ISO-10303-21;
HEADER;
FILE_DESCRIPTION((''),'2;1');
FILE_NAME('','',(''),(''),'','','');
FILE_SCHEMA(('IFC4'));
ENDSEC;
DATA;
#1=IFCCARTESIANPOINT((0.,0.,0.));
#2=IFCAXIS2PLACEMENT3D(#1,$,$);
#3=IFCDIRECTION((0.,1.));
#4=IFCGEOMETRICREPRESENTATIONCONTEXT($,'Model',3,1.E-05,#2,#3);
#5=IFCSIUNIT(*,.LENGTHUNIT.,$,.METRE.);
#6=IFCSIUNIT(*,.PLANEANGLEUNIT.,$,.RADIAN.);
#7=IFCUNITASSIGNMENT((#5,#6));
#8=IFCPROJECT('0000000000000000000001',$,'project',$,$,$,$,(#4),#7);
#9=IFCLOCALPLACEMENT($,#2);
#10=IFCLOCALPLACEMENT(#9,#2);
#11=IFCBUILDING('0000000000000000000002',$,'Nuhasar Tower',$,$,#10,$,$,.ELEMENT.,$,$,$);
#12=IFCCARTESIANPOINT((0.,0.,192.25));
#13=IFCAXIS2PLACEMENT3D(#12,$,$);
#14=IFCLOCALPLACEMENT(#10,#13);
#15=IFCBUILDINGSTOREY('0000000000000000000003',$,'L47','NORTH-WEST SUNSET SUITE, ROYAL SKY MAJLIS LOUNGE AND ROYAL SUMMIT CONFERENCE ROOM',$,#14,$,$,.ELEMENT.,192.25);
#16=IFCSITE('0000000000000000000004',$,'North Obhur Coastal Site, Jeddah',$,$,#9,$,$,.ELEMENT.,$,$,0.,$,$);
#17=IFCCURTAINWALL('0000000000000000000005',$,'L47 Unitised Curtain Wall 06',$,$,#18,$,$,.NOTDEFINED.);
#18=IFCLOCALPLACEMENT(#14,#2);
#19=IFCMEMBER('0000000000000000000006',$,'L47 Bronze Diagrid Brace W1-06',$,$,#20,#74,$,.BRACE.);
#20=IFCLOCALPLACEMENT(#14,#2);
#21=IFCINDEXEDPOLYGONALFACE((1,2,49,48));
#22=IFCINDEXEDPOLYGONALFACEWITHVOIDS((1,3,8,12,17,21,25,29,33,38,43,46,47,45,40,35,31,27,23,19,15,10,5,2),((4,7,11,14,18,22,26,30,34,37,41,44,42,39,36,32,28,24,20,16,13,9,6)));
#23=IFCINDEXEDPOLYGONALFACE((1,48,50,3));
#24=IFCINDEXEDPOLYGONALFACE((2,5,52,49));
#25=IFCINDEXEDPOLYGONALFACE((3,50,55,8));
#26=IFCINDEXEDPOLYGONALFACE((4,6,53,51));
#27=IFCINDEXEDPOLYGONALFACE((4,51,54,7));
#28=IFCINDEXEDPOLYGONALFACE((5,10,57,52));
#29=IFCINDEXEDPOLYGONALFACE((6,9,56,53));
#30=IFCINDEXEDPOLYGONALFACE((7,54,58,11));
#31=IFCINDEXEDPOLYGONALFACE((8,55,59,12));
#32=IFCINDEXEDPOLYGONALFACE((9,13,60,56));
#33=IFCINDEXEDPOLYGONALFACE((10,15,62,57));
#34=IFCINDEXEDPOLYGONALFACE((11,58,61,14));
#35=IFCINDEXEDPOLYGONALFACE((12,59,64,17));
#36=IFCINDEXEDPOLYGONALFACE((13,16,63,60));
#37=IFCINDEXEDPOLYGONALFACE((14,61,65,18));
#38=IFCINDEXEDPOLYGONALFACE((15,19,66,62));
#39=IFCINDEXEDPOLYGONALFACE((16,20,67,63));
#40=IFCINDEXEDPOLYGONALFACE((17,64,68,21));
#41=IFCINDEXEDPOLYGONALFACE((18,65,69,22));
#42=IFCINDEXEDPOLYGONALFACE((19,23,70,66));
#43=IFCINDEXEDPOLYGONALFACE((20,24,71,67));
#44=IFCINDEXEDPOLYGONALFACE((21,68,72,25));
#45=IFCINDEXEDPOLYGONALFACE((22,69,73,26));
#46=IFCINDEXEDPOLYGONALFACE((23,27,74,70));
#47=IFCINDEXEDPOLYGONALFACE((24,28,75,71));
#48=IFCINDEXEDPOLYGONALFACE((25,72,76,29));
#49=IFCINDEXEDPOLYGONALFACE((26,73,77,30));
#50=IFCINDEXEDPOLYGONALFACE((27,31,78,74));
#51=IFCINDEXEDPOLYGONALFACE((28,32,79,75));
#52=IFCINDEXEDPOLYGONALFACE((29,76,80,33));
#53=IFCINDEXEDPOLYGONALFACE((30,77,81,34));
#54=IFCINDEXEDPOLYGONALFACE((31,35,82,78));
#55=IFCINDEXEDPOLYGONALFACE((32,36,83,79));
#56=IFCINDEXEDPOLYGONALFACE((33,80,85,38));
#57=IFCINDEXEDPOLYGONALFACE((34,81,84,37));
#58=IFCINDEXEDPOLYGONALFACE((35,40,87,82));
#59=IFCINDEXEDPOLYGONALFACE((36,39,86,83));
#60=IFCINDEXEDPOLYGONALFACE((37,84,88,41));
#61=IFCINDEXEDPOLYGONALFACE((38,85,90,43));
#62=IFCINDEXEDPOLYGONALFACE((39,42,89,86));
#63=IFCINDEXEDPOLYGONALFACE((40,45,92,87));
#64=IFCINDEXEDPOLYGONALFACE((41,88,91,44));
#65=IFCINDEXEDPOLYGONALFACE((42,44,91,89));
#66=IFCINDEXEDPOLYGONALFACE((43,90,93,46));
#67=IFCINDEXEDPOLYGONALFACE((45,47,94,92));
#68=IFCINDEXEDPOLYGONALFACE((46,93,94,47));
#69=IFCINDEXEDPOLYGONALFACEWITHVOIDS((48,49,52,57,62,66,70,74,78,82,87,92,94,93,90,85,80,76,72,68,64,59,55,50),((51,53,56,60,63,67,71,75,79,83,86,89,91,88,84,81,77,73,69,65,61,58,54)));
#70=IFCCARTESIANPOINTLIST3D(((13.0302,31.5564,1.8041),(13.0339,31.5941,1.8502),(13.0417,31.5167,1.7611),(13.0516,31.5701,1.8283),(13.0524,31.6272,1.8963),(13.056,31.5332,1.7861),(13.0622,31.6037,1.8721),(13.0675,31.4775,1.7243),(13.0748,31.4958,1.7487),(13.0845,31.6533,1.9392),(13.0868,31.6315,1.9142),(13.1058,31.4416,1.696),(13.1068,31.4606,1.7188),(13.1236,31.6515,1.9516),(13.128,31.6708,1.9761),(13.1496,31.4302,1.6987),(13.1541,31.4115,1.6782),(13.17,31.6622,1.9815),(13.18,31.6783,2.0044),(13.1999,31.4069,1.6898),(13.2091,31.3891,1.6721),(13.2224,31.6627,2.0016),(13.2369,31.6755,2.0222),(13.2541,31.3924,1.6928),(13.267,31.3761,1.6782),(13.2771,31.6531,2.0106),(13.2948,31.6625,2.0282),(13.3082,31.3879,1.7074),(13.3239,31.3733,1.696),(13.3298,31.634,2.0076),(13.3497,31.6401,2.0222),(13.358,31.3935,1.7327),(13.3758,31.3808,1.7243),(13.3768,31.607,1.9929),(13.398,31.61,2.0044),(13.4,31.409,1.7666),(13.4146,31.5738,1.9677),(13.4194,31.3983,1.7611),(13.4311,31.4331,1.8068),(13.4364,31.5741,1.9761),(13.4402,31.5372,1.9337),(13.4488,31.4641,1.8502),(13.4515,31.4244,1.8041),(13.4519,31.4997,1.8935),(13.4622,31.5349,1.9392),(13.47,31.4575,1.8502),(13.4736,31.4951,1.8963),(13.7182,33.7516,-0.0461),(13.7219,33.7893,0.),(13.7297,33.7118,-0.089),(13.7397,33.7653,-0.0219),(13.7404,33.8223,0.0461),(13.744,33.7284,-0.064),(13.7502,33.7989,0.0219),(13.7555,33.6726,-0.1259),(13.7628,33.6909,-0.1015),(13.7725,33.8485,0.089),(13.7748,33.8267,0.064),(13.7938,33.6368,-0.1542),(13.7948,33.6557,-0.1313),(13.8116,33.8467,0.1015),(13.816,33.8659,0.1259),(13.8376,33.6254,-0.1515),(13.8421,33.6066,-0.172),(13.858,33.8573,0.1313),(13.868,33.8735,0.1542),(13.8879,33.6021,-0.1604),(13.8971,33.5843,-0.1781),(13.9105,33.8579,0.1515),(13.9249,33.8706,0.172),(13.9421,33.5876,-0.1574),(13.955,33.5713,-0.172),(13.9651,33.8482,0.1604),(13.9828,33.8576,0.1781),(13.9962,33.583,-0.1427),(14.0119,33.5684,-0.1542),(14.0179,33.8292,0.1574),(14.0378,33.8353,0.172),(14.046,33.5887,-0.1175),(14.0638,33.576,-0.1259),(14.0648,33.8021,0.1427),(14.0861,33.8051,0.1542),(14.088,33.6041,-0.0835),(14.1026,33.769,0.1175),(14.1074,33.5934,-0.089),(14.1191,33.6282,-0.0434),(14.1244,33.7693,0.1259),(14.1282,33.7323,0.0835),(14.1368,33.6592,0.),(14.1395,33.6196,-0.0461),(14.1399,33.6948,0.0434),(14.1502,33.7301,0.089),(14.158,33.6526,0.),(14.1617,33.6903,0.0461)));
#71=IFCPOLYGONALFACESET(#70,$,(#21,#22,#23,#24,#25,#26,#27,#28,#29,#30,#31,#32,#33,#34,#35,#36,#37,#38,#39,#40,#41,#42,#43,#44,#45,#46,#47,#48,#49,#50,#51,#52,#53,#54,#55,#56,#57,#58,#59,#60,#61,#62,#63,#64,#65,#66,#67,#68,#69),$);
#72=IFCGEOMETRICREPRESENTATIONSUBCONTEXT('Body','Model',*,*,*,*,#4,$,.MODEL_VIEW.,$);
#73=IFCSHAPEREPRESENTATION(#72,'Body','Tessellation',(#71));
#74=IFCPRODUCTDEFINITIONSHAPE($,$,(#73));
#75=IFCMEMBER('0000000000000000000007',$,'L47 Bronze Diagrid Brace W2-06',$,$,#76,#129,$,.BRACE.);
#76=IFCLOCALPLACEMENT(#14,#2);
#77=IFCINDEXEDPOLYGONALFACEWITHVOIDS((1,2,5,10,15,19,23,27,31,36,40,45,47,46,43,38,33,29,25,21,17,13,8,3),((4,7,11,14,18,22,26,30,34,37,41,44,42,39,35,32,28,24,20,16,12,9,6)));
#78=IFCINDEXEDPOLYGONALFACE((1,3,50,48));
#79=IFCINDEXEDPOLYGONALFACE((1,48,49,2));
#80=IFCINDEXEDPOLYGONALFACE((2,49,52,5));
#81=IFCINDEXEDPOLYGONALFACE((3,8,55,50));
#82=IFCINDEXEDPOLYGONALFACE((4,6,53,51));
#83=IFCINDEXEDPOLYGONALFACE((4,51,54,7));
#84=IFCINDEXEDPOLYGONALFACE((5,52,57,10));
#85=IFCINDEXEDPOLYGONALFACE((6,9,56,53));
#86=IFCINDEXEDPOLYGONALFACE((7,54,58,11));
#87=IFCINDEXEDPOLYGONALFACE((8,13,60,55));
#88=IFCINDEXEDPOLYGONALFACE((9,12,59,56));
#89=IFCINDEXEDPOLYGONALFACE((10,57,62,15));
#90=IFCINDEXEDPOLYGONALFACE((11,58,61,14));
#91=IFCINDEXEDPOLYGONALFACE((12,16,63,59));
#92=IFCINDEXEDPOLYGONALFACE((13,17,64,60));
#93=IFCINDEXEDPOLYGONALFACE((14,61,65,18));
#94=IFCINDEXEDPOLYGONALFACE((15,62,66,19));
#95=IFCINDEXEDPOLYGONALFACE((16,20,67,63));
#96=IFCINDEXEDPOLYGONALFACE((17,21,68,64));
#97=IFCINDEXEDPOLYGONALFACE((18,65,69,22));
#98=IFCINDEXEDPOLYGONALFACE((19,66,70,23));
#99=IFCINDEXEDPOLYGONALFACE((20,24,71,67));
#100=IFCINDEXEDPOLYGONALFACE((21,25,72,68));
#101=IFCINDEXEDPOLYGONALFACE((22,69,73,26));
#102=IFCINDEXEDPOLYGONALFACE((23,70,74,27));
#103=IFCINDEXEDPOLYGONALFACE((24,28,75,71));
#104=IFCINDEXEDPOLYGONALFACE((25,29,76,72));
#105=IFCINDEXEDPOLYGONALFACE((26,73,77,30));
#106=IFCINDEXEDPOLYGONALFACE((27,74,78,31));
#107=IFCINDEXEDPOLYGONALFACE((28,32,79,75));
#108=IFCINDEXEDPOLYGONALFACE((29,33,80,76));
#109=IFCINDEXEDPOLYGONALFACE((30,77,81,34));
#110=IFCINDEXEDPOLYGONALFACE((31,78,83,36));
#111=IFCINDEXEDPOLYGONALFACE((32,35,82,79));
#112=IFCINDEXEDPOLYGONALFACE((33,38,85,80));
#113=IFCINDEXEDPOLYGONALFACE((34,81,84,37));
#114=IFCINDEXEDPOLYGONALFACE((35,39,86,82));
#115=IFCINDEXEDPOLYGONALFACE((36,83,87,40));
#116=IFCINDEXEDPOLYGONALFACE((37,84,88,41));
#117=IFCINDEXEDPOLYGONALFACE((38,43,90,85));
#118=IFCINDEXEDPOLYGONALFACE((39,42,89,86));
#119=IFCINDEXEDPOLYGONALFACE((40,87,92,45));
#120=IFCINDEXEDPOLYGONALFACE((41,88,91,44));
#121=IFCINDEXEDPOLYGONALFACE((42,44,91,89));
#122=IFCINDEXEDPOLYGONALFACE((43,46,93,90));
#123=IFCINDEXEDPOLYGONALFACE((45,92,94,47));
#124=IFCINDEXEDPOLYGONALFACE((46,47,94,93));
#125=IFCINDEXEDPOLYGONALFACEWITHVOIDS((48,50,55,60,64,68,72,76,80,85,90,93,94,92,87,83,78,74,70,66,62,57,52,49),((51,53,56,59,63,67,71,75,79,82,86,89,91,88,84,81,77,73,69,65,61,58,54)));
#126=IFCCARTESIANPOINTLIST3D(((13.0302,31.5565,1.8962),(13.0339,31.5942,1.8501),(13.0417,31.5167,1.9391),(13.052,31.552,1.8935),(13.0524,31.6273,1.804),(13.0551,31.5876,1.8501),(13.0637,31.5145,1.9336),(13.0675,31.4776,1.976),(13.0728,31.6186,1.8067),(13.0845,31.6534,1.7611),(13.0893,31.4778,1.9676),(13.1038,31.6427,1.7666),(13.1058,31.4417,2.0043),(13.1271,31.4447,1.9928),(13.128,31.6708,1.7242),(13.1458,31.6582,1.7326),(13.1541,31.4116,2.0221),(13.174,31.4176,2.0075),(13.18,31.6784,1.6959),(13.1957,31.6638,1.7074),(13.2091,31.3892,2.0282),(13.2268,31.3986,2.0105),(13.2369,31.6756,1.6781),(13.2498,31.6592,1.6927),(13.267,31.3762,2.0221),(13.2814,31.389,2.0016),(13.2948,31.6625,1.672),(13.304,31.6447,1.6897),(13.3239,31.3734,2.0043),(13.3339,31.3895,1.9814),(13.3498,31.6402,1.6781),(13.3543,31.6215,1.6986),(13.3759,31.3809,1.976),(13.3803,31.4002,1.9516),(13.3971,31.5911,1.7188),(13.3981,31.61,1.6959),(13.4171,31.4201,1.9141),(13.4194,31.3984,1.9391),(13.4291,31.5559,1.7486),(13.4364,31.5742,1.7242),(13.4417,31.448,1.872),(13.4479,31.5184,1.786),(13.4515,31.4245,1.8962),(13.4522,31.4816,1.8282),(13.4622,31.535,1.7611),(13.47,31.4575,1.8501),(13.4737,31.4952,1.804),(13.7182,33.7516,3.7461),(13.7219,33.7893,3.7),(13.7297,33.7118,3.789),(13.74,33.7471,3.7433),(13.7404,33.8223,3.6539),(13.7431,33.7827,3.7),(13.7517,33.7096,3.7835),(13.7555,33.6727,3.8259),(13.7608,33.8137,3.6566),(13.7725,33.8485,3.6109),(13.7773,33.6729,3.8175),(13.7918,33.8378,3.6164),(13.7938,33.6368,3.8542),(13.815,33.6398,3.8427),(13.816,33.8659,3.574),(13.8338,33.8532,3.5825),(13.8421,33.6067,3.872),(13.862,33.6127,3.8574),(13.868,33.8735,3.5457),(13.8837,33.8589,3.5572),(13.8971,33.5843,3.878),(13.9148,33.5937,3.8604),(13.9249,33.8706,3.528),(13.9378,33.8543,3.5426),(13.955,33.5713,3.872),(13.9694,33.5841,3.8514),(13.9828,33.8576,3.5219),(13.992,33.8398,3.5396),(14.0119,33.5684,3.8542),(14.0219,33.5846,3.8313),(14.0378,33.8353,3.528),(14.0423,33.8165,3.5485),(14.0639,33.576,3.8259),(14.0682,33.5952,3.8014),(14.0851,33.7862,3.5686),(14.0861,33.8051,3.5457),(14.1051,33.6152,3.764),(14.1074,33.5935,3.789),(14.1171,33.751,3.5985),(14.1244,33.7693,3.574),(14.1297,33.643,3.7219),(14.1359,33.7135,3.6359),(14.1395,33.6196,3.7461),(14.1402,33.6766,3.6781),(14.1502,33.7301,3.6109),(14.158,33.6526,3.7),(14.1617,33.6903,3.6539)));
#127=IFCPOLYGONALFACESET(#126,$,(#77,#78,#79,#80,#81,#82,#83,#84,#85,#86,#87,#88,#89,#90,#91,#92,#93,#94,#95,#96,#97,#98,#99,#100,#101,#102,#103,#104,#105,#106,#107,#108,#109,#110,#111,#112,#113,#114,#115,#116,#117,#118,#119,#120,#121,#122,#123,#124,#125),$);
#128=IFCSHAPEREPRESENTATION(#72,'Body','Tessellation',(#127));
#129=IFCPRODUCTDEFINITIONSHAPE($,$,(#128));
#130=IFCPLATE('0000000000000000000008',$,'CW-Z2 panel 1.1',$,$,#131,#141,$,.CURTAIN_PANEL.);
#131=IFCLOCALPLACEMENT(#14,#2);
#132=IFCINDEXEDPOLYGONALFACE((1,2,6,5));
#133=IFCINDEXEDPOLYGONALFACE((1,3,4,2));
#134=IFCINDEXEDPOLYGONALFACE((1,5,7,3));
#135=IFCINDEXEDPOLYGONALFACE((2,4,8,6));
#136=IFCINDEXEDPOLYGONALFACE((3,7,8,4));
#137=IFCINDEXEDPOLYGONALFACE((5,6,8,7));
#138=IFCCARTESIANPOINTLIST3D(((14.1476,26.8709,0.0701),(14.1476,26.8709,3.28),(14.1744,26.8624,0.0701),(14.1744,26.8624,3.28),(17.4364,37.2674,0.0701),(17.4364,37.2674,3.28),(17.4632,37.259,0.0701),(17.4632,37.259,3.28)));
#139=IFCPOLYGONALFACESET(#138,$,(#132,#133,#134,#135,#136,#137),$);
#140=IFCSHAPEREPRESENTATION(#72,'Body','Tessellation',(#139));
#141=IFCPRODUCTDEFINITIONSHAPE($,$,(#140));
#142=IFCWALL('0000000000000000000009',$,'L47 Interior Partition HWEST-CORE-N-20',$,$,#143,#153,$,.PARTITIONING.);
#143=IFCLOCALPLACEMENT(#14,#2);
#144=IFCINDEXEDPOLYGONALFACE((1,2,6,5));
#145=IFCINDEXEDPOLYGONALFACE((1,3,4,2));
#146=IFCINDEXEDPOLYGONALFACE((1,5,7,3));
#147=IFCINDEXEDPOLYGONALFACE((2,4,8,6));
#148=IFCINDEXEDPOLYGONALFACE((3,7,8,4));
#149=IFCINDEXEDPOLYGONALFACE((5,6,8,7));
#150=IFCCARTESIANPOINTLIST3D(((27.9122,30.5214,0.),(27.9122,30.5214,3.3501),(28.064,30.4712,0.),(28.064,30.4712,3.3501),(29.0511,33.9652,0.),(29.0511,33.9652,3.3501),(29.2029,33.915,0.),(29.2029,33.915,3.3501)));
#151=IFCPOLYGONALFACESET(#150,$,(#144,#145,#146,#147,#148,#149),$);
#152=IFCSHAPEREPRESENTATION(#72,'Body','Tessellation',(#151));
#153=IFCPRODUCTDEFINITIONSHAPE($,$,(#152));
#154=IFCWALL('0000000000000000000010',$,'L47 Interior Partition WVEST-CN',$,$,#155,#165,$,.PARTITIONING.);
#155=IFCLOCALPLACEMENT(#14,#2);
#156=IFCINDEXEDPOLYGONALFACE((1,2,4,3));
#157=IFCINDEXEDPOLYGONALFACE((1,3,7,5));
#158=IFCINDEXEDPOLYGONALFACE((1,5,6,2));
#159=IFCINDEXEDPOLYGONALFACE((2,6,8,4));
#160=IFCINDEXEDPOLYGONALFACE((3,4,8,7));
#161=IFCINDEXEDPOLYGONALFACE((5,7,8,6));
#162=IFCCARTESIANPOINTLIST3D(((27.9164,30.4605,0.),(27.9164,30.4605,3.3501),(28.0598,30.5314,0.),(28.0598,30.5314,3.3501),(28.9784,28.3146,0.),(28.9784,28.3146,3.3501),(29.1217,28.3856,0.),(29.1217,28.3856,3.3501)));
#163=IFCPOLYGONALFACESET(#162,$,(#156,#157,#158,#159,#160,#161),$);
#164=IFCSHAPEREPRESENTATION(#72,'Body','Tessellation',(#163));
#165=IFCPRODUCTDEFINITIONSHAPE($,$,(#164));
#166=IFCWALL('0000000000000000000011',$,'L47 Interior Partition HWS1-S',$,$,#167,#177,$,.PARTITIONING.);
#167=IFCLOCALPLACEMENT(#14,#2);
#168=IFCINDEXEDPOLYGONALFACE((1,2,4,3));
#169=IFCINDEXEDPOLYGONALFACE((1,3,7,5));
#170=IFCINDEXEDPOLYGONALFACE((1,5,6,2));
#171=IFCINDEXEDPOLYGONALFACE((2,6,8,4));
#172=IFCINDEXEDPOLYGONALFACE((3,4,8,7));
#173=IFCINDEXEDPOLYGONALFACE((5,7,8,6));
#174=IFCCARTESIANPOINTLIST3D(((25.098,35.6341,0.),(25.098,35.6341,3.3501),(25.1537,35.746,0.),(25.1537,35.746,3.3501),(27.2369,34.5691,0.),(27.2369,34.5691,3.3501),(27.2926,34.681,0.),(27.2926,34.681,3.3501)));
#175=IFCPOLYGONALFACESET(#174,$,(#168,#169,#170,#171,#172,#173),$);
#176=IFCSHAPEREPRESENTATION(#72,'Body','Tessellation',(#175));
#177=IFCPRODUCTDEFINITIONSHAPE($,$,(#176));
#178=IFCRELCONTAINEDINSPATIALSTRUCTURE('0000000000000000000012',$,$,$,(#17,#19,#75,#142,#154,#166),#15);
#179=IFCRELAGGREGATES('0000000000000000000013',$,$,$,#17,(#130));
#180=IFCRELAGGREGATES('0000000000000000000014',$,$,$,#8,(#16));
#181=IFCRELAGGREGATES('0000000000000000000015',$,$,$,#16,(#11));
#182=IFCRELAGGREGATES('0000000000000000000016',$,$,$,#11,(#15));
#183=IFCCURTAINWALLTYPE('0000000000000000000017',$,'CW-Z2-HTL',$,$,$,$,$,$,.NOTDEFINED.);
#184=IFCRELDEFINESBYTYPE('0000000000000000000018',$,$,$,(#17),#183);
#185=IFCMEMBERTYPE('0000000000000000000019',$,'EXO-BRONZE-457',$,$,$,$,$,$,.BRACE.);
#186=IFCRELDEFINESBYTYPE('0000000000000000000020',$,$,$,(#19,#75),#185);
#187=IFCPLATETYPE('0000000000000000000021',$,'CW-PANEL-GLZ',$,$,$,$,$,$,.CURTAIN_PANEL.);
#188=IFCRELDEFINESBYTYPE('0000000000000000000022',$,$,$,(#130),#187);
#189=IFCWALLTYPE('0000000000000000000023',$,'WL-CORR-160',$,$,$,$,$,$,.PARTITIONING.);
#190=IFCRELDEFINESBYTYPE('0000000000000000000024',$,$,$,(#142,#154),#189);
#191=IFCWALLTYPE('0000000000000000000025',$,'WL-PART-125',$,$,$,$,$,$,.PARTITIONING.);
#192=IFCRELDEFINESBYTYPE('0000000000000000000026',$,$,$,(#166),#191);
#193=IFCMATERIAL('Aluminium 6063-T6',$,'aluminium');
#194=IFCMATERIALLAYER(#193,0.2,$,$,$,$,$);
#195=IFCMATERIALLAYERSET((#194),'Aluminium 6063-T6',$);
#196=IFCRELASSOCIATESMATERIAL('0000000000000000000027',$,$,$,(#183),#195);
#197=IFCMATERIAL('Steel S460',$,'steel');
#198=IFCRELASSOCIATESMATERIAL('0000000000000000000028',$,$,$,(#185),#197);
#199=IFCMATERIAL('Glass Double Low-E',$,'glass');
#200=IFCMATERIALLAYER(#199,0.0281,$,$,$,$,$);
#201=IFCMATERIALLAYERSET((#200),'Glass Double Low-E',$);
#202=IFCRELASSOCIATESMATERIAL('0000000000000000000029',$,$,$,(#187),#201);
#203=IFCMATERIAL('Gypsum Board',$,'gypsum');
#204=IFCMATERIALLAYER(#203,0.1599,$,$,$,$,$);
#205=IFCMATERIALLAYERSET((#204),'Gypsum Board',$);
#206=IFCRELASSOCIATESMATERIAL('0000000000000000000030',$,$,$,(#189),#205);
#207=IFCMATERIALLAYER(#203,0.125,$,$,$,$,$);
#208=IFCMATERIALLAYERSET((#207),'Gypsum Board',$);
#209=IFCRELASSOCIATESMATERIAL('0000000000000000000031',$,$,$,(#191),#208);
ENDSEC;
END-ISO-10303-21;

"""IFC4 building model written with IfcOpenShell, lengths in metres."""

from ifc_helpers import new_model, si_unit, direction, frame, frame_2d, origin, origin_2d, place, context, subcontext, project, spatial, rectangle, hollow_circle, extrude, material, layer, layer_set, material_profile, profile_set, type_object, element, aggregate, save


model = new_model("IFC4")

# Units and contexts
model_context = context("Model", 3, precision=1e-05, world=origin(), true_north=direction((0.0, 1.0)))
body_context = subcontext(model_context, "Body", "Model", "MODEL_VIEW")
ifc_project = project(units=[si_unit("LENGTHUNIT", "METRE"), si_unit("PLANEANGLEUNIT", "RADIAN")], contexts=[model_context])

# Site, building, storey
site_placement = place(None, origin())
site = spatial("IfcSite", under=ifc_project, at=site_placement, Name="North Obhur Coastal Site, Jeddah", CompositionType="ELEMENT", RefElevation=0.0)
building_placement = place(site_placement, origin())
building = spatial("IfcBuilding", under=site, at=building_placement, Name="Nuhasar Tower", CompositionType="ELEMENT")
storey_placement = place(building_placement, frame((0.0, 0.0, 192.25)))
storey = spatial("IfcBuildingStorey", under=building, at=storey_placement, Name="L47", Description="NORTH-WEST SUNSET SUITE, ROYAL SKY MAJLIS LOUNGE AND ROYAL SUMMIT CONFERENCE ROOM", CompositionType="ELEMENT", Elevation=192.25)

# Curtain wall
ifc_material_1 = material(Name="Aluminium 6063-T6", Category="aluminium")
ifc_layer_1 = layer(ifc_material_1, 0.2)
ifc_layer_set_1 = layer_set([ifc_layer_1], Name="Aluminium 6063-T6")
curtain_wall_type = type_object("IfcCurtainWallType", Name="CW-Z2-HTL", PredefinedType="NOTDEFINED", material=ifc_layer_set_1)
curtain_wall_placement = place(storey_placement, origin())
curtain_wall = element("IfcCurtainWall", 1, at=curtain_wall_placement, inside=storey, type_object=curtain_wall_type, Name="L47 Unitised Curtain Wall 06", PredefinedType="NOTDEFINED")

# Members
ifc_material_2 = material(Name="Steel S460", Category="steel")
ifc_material_profile_1 = material_profile(ifc_material_2, hollow_circle(Radius=0.2285, WallThickness=0.0222, at=origin_2d()), Name="HSS457X22.2")
ifc_profile_set_1 = profile_set([ifc_material_profile_1], Name="Steel S460")
member_type_1 = type_object("IfcMemberType", Name="EXO-BRONZE-457", PredefinedType="BRACE", material=ifc_profile_set_1)
member_1_placement = place(storey_placement, frame((13.9399, 33.7209, 0.0), z_axis=(-0.233056, -0.743578, 0.626719), x_axis=(0.954228, -0.299079, 0.0)))
element("IfcMember", 2, at=member_1_placement, inside=storey, type_object=member_type_1, Name="L47 Bronze Diagrid Brace W1-06", PredefinedType="BRACE", context=body_context, shape_type="SweptSolid", body=[
    extrude(hollow_circle(Radius=0.2285, WallThickness=0.0222, at=origin_2d()), origin(), (0.0, 0.0, 1.0), 2.9521),
])
member_2_placement = place(storey_placement, frame((13.252, 31.5259, 1.8501), z_axis=(0.233068, 0.743616, 0.626669), x_axis=(-0.954228, 0.299079, 0.0)))
element("IfcMember", 3, at=member_2_placement, inside=storey, type_object=member_type_1, Name="L47 Bronze Diagrid Brace W2-06", PredefinedType="BRACE", context=body_context, shape_type="SweptSolid", body=[
    extrude(hollow_circle(Radius=0.2285, WallThickness=0.0222, at=origin_2d()), origin(), (0.0, 0.0, 1.0), 2.9519),
])

# Plate
ifc_material_3 = material(Name="Glass Double Low-E", Category="glass")
ifc_layer_2 = layer(ifc_material_3, 0.0281)
ifc_layer_set_2 = layer_set([ifc_layer_2], Name="Glass Double Low-E")
plate_type = type_object("IfcPlateType", Name="CW-PANEL-GLZ", PredefinedType="CURTAIN_PANEL", material=ifc_layer_set_2)
plate_placement = place(storey_placement, frame((15.8054, 32.0649, 0.0701), z_axis=(0.0, 0.0, 1.0), x_axis=(-0.301604, -0.953433, 0.0)))
plate = element("IfcPlate", 4, at=plate_placement, type_object=plate_type, Name="CW-Z2 panel 1.1", PredefinedType="CURTAIN_PANEL", context=body_context, shape_type="SweptSolid", body=[
    extrude(rectangle(XDim=10.9043, YDim=0.0281, at=origin_2d()), origin(), (0.0, 0.0, 1.0), 3.21),
])
aggregate(curtain_wall, [plate])

# Wall
ifc_material_4 = material(Name="Gypsum Board", Category="gypsum")
ifc_layer_3 = layer(ifc_material_4, 0.1599)
ifc_layer_set_3 = layer_set([ifc_layer_3], Name="Gypsum Board")
wall_type_1 = type_object("IfcWallType", Name="WL-CORR-160", PredefinedType="PARTITIONING", material=ifc_layer_set_3)
wall_1_placement = place(storey_placement, frame((29.127, 33.9399, 0.0), z_axis=(0.0, 0.0, 1.0), x_axis=(-0.313986, -0.949428, 0.0)))
element("IfcWall", 5, at=wall_1_placement, inside=storey, type_object=wall_type_1, Name="L47 Interior Partition HWEST-CORE-N-20", PredefinedType="PARTITIONING", context=body_context, shape_type="SweptSolid", body=[
    extrude(rectangle(XDim=3.6272, YDim=0.1599, at=frame_2d((1.8135, 0.0))), origin(), (0.0, 0.0, 1.0), 3.3501),
])

# Walls
wall_2_placement = place(storey_placement, frame((27.988, 30.4961, 0.0), z_axis=(0.0, 0.0, 1.0), x_axis=(0.443539, -0.896255, 0.0)))
element("IfcWall", 6, at=wall_2_placement, inside=storey, type_object=wall_type_1, Name="L47 Interior Partition WVEST-CN", PredefinedType="PARTITIONING", context=body_context, shape_type="SweptSolid", body=[
    extrude(rectangle(XDim=2.3943, YDim=0.1599, at=frame_2d((1.1973, 0.0))), origin(), (0.0, 0.0, 1.0), 3.3501),
])
ifc_layer_4 = layer(ifc_material_4, 0.125)
ifc_layer_set_4 = layer_set([ifc_layer_4], Name="Gypsum Board")
wall_type_2 = type_object("IfcWallType", Name="WL-PART-125", PredefinedType="PARTITIONING", material=ifc_layer_set_4)
wall_3_placement = place(storey_placement, frame((27.2649, 34.625, 0.0), z_axis=(0.0, 0.0, 1.0), x_axis=(-0.895182, 0.445701, 0.0)))
element("IfcWall", 7, at=wall_3_placement, inside=storey, type_object=wall_type_2, Name="L47 Interior Partition HWS1-S", PredefinedType="PARTITIONING", context=body_context, shape_type="SweptSolid", body=[
    extrude(rectangle(XDim=2.3894, YDim=0.125, at=frame_2d((1.1948, 0.0))), origin(), (0.0, 0.0, 1.0), 3.3501),
])

save(model, "model.ifc")
